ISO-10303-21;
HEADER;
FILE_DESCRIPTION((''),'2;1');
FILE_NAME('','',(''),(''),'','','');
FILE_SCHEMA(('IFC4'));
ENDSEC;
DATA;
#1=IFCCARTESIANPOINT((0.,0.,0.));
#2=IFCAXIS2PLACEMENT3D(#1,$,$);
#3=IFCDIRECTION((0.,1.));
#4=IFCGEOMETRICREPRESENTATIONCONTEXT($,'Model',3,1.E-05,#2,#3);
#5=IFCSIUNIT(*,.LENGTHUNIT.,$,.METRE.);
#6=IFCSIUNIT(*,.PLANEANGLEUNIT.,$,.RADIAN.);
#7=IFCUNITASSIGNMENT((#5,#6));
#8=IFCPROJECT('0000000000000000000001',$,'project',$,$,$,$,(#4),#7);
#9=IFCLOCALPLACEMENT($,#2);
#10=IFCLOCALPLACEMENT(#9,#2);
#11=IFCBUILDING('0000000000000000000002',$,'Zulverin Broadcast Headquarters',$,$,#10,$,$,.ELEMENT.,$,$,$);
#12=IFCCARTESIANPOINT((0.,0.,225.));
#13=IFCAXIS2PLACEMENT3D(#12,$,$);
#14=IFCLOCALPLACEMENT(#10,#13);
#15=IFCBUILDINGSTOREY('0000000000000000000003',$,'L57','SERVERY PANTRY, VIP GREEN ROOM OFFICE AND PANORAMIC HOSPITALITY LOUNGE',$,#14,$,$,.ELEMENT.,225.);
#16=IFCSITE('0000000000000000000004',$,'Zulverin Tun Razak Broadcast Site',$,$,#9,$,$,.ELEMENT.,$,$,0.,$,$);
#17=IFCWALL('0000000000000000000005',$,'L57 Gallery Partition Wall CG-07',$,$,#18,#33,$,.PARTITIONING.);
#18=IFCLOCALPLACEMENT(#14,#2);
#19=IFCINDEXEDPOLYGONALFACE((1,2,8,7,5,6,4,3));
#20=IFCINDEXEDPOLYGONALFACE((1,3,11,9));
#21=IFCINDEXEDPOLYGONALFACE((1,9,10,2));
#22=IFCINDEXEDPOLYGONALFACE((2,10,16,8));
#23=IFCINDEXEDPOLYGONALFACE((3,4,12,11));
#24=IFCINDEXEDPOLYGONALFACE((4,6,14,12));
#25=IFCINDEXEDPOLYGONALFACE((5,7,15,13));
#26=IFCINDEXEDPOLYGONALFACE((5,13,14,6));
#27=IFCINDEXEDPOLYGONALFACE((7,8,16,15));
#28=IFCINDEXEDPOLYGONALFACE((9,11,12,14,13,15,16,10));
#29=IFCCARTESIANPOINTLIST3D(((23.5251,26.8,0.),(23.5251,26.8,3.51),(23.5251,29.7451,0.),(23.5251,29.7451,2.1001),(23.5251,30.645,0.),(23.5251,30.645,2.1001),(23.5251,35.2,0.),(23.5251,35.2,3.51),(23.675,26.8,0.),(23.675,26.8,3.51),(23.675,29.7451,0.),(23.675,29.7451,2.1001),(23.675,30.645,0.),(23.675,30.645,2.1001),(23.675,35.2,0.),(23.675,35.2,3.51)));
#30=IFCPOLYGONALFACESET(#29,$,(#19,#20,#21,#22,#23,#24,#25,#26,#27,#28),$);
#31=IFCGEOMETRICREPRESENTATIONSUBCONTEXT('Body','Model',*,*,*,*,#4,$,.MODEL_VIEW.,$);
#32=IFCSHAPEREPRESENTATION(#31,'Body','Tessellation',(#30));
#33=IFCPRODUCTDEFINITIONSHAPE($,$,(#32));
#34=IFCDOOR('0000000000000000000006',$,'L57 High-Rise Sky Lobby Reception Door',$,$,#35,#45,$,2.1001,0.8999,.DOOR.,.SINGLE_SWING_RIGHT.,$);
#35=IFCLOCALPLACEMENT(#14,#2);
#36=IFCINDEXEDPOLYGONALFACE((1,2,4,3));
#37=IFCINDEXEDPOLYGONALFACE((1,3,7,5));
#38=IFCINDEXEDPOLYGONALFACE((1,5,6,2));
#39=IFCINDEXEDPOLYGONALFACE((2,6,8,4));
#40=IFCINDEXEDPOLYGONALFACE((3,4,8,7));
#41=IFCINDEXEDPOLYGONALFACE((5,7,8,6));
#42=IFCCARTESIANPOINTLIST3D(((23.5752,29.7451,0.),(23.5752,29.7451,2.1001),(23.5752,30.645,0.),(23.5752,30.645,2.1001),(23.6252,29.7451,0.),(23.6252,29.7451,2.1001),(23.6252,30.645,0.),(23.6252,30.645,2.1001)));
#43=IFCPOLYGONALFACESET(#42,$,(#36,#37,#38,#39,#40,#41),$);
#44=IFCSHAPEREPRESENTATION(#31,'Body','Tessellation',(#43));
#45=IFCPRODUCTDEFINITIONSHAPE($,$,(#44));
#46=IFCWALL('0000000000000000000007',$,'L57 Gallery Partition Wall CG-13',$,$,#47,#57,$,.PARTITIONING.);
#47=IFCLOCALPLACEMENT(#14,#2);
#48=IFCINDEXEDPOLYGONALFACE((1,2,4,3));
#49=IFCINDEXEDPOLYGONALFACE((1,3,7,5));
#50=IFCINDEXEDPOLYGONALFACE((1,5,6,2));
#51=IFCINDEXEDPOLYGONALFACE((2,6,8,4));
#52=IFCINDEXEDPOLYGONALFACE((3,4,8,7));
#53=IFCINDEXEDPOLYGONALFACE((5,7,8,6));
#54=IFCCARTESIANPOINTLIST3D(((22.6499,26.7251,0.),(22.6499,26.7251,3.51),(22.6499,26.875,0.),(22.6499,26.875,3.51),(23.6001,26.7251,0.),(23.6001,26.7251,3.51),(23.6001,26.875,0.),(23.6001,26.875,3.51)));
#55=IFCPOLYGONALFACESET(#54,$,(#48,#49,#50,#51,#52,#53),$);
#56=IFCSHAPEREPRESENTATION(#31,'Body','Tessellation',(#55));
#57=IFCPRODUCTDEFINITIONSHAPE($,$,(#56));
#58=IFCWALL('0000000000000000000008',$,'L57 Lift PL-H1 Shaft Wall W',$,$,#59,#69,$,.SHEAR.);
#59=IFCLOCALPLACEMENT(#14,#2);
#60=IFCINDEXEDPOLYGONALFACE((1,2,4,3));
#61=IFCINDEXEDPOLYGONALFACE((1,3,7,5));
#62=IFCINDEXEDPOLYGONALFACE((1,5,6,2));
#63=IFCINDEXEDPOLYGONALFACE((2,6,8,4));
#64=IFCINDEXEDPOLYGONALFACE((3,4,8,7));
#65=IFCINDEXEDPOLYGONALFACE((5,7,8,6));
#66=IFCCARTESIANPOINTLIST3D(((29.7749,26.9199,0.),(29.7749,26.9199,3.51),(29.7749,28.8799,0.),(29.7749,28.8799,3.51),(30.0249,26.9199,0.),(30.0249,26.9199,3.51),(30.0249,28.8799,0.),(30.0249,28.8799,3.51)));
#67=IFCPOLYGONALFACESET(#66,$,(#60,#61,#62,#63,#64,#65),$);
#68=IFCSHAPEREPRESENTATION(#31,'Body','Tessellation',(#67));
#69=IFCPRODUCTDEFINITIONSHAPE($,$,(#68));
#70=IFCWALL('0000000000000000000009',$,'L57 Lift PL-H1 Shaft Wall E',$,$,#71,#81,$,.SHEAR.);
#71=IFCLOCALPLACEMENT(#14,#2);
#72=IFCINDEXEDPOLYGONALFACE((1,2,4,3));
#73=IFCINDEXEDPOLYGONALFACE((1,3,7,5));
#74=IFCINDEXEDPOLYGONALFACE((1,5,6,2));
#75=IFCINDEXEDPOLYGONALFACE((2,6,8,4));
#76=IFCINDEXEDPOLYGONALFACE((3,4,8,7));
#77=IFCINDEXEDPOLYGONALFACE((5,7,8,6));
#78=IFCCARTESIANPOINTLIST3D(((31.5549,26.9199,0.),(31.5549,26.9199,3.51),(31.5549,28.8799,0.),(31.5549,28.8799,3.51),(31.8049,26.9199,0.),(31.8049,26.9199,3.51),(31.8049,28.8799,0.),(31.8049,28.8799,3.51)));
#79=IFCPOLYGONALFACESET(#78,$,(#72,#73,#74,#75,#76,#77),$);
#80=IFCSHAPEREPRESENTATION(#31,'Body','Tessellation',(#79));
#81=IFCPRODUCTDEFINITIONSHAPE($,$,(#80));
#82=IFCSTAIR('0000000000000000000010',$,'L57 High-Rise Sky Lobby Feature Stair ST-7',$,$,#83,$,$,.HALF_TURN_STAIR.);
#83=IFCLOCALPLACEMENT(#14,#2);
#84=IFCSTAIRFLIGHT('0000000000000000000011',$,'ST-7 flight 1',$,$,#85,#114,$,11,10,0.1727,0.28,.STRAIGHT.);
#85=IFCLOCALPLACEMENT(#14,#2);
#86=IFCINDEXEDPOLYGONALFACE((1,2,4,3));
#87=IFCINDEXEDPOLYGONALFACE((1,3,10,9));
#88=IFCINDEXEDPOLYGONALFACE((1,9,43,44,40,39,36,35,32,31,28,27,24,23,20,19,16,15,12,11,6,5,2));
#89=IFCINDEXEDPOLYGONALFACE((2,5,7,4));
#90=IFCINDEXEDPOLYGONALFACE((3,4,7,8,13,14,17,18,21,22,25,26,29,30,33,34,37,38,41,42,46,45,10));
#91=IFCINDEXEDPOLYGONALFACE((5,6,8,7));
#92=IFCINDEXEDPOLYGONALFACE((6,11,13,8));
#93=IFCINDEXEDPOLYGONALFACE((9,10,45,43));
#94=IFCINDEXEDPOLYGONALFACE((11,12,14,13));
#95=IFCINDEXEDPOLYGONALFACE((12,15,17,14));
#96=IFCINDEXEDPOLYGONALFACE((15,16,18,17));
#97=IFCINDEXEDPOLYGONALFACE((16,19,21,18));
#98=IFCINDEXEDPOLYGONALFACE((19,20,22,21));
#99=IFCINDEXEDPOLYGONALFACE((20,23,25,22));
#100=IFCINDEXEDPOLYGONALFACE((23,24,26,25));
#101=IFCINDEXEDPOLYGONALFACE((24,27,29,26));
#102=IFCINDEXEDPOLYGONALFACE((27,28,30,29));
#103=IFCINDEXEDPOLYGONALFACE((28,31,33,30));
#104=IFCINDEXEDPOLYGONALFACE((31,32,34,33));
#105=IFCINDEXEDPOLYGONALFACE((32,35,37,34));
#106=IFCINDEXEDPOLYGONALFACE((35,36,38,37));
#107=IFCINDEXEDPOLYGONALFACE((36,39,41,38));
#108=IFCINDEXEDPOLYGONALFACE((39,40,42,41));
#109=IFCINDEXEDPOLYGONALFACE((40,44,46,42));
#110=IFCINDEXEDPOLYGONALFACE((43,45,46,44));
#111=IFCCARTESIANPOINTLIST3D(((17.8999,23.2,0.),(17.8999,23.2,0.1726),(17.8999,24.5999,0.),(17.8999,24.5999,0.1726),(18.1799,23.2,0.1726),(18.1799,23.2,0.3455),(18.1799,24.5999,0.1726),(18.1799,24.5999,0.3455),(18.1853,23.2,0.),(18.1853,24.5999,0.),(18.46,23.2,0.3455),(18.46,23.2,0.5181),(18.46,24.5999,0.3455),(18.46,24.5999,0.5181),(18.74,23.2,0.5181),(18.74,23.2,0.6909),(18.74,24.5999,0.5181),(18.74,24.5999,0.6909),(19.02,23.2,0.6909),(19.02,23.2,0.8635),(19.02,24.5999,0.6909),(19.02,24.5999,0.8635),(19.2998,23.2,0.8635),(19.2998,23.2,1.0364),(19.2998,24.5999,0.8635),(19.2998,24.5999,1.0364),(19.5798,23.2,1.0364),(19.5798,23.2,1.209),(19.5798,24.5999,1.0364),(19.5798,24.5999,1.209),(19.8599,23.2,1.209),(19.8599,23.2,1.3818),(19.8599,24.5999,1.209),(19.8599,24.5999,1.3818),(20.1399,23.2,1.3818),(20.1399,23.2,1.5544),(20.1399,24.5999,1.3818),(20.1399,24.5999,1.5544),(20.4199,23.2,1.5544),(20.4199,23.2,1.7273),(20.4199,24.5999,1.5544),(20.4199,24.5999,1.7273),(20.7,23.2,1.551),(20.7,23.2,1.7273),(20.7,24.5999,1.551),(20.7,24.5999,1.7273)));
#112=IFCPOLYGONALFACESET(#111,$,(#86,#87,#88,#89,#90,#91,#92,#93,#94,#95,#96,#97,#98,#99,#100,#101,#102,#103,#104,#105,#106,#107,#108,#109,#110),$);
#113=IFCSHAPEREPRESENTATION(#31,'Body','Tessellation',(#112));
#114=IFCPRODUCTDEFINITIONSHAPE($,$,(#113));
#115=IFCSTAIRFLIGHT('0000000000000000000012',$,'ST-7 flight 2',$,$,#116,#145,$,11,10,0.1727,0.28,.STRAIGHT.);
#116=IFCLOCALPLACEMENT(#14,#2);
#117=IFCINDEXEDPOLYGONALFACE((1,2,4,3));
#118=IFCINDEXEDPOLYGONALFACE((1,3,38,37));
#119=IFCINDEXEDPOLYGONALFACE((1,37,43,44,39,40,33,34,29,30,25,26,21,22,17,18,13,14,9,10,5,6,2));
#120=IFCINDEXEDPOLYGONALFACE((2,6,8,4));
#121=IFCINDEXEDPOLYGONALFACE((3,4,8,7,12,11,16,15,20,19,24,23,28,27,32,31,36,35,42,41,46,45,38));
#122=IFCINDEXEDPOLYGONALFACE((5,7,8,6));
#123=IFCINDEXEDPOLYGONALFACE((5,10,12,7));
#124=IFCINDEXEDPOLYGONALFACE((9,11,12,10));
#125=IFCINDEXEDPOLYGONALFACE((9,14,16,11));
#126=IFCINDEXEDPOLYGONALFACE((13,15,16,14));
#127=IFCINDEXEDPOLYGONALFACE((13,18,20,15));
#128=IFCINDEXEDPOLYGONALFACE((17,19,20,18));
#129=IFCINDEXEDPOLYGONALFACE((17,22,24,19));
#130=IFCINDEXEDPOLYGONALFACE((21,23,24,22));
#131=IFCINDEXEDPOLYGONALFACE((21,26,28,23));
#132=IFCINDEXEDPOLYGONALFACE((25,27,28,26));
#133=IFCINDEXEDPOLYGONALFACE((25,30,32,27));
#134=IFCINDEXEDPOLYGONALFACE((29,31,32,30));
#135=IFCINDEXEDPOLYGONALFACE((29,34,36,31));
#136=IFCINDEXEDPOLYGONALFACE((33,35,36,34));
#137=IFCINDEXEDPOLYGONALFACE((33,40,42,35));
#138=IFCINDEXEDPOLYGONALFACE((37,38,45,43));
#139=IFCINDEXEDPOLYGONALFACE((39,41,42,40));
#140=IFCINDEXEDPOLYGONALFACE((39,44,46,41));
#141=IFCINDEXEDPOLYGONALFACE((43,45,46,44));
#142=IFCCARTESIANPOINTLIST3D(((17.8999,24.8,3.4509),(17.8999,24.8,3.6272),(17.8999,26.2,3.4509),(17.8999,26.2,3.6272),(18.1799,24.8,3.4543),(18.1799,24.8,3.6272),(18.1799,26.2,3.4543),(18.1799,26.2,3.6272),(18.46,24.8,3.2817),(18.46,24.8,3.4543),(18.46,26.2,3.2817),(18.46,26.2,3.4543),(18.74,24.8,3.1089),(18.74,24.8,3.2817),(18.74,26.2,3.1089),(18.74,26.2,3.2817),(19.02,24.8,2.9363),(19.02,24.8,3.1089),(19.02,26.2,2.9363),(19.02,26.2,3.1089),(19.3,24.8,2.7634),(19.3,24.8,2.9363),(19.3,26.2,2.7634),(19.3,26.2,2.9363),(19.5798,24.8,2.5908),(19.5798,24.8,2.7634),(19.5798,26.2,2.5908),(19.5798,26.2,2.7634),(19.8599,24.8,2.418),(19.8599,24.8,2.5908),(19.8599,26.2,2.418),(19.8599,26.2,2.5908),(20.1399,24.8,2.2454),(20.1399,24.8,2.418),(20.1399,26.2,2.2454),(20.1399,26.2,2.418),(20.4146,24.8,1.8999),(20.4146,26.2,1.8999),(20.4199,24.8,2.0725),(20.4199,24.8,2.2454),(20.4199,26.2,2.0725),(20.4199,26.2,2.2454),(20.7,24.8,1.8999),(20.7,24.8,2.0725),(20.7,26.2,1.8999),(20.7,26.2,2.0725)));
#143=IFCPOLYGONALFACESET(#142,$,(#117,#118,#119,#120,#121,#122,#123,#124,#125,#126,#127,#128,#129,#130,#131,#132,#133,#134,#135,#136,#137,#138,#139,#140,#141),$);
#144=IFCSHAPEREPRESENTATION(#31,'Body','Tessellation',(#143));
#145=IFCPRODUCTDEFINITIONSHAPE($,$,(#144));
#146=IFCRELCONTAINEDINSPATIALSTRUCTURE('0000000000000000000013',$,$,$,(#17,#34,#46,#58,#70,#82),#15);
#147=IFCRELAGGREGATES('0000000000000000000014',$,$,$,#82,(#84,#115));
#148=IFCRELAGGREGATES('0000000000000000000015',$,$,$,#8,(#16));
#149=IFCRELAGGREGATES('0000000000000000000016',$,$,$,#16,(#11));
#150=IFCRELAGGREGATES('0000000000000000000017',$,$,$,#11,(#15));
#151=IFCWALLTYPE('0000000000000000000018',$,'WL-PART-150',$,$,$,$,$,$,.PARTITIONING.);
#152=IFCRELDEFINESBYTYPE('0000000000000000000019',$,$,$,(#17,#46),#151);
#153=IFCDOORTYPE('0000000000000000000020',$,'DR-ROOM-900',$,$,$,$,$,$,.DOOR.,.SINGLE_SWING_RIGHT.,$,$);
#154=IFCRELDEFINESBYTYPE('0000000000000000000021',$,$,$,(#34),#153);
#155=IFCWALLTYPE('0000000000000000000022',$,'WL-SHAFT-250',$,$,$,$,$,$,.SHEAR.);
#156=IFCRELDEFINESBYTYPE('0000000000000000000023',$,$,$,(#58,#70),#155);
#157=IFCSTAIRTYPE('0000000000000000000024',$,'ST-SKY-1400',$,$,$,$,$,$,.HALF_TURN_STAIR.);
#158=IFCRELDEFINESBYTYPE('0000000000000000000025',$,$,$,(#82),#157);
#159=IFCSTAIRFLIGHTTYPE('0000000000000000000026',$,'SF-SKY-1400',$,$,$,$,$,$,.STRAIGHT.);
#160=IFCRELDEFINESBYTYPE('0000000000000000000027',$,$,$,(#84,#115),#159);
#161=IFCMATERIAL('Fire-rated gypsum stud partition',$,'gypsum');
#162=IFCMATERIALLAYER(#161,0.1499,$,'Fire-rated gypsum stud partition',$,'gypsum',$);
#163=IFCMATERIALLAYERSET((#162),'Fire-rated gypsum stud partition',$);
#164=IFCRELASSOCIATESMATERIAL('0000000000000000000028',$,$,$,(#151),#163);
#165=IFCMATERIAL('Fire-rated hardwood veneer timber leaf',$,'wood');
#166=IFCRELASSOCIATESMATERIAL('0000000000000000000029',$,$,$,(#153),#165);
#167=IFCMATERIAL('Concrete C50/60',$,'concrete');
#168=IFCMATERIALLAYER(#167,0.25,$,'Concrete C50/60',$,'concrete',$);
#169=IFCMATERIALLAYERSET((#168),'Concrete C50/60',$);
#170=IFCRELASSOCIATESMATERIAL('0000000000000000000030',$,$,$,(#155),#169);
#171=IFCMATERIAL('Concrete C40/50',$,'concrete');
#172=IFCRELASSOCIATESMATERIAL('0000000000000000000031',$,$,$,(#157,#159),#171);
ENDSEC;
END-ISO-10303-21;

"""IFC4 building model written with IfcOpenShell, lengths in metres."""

from ifc_helpers import new_model, si_unit, direction, frame, frame_2d, origin, place, context, subcontext, project, spatial, polyline, rectangle, outline, extrude, material, layer, layer_set, type_object, element, fill, aggregate, save


model = new_model("IFC4")

# Units and contexts
model_context = context("Model", 3, precision=1e-05, world=origin(), true_north=direction((0.0, 1.0)))
body_context = subcontext(model_context, "Body", "Model", "MODEL_VIEW")
ifc_project = project(units=[si_unit("LENGTHUNIT", "METRE"), si_unit("PLANEANGLEUNIT", "RADIAN")], contexts=[model_context])

# Site, building, storey
site_placement = place(None, origin())
site = spatial("IfcSite", under=ifc_project, at=site_placement, Name="Zulverin Tun Razak Broadcast Site", CompositionType="ELEMENT", RefElevation=0.0)
building_placement = place(site_placement, origin())
building = spatial("IfcBuilding", under=site, at=building_placement, Name="Zulverin Broadcast Headquarters", CompositionType="ELEMENT")
storey_placement = place(building_placement, frame((0.0, 0.0, 225.0)))
storey = spatial("IfcBuildingStorey", under=building, at=storey_placement, Name="L57", Description="SERVERY PANTRY, VIP GREEN ROOM OFFICE AND PANORAMIC HOSPITALITY LOUNGE", CompositionType="ELEMENT", Elevation=225.0)

# Shared definitions
ifc_material_1 = material(Name="Fire-rated gypsum stud partition", Category="gypsum")
ifc_layer_1 = layer(ifc_material_1, 0.1499, Name="Fire-rated gypsum stud partition", Category="gypsum")
ifc_layer_set_1 = layer_set([ifc_layer_1], Name="Fire-rated gypsum stud partition")
wall_type_1 = type_object("IfcWallType", Name="WL-PART-150", PredefinedType="PARTITIONING", material=ifc_layer_set_1)

# Wall, opening, door
wall_1_placement = place(storey_placement, frame((23.6001, 26.8, 0.0), z_axis=(0.0, 0.0, 1.0), x_axis=(0.0, 1.0, 0.0)))
wall_1 = element("IfcWall", 1, at=wall_1_placement, inside=storey, type_object=wall_type_1, Name="L57 Gallery Partition Wall CG-07", PredefinedType="PARTITIONING", context=body_context, shape_type="SweptSolid", body=[
    extrude(rectangle(XDim=8.3999, YDim=0.1499, at=frame_2d((4.2, 0.0))), origin(), (0.0, 0.0, 1.0), 3.51),
])
opening_1_placement = place(wall_1_placement, frame((2.9451, 0.0, 0.0)))
opening_1 = element("IfcOpeningElement", 2, at=opening_1_placement, cuts=wall_1, PredefinedType="OPENING", context=body_context, shape_type="SweptSolid", body=[
    extrude(rectangle(XDim=0.8999, YDim=2.1001, at=frame_2d((0.45, 1.05))), frame((0.0, 0.085, 0.0), z_axis=(0.0, -1.0, 0.0), x_axis=(1.0, 0.0, 0.0)), (0.0, 0.0, 1.0), 0.1699),
])
ifc_material_2 = material(Name="Fire-rated hardwood veneer timber leaf", Category="wood")
door_type_1 = type_object("IfcDoorType", Name="DR-ROOM-900", OperationType="SINGLE_SWING_RIGHT", PredefinedType="DOOR", material=ifc_material_2)
door_1_placement = place(opening_1_placement, origin())
door_1 = element("IfcDoor", 3, at=door_1_placement, inside=storey, type_object=door_type_1, Name="L57 High-Rise Sky Lobby Reception Door", OperationType="SINGLE_SWING_RIGHT", OverallHeight=2.1001, OverallWidth=0.8999, PredefinedType="DOOR", context=body_context, shape_type="SweptSolid", body=[
    extrude(rectangle(XDim=0.8999, YDim=2.1001, at=frame_2d((0.45, 1.05))), frame((0.0, 0.0249, 0.0), z_axis=(0.0, -1.0, 0.0), x_axis=(1.0, 0.0, 0.0)), (0.0, 0.0, 1.0), 0.05),
])
fill(opening_1, door_1)

# Wall
wall_2_placement = place(storey_placement, frame((22.6499, 26.8, 0.0), z_axis=(0.0, 0.0, 1.0), x_axis=(1.0, 0.0, 0.0)))
element("IfcWall", 4, at=wall_2_placement, inside=storey, type_object=wall_type_1, Name="L57 Gallery Partition Wall CG-13", PredefinedType="PARTITIONING", context=body_context, shape_type="SweptSolid", body=[
    extrude(rectangle(XDim=0.9502, YDim=0.1499, at=frame_2d((0.4751, 0.0))), origin(), (0.0, 0.0, 1.0), 3.51),
])

# Shared definitions
ifc_material_3 = material(Name="Concrete C50/60", Category="concrete")
ifc_layer_2 = layer(ifc_material_3, 0.25, Name="Concrete C50/60", Category="concrete")
ifc_layer_set_2 = layer_set([ifc_layer_2], Name="Concrete C50/60")
wall_type_2 = type_object("IfcWallType", Name="WL-SHAFT-250", PredefinedType="SHEAR", material=ifc_layer_set_2)

# Walls
for number, where, z_axis, x_axis, name in (
    (5, (29.8999, 26.9199, 0.0), (0.0, 0.0, 1.0), (0.0, 1.0, 0.0), "L57 Lift PL-H1 Shaft Wall W"),
    (6, (31.6799, 26.9199, 0.0), (0.0, 0.0, 1.0), (0.0, 1.0, 0.0), "L57 Lift PL-H1 Shaft Wall E"),
):
    element("IfcWall", number, at=place(storey_placement, frame(where, z_axis=z_axis, x_axis=x_axis)), inside=storey, type_object=wall_type_2, Name=name, PredefinedType="SHEAR", context=body_context, shape_type="SweptSolid", body=[
        extrude(rectangle(XDim=1.96, YDim=0.25, at=frame_2d((0.98, 0.0))), origin(), (0.0, 0.0, 1.0), 3.51),
    ])

# Stair, stair flights
ifc_material_4 = material(Name="Concrete C40/50", Category="concrete")
stair_type = type_object("IfcStairType", Name="ST-SKY-1400", PredefinedType="HALF_TURN_STAIR", material=ifc_material_4)
stair_placement = place(storey_placement, origin())
stair = element("IfcStair", 7, at=stair_placement, inside=storey, type_object=stair_type, Name="L57 High-Rise Sky Lobby Feature Stair ST-7", PredefinedType="HALF_TURN_STAIR")
stair_flight_type = type_object("IfcStairFlightType", Name="SF-SKY-1400", PredefinedType="STRAIGHT", material=ifc_material_4)
stair_flight_1_placement = place(storey_placement, frame((17.8999, 23.8999, 0.0), z_axis=(0.0, 0.0, 1.0), x_axis=(1.0, 0.0, 0.0)))
stair_flight_1 = element("IfcStairFlight", 8, at=stair_flight_1_placement, type_object=stair_flight_type, Name="ST-7 flight 1", NumberOfRisers=11, NumberOfTreads=10, PredefinedType="STRAIGHT", RiserHeight=0.1727, TreadLength=0.28, context=body_context, shape_type="SweptSolid", body=[
    extrude(outline(polyline([(0.0, 0.0), (0.0, 0.1726), (0.28, 0.1726), (0.28, 0.3455), (0.5601, 0.3455), (0.5601, 0.5181), (0.8401, 0.5181), (0.8401, 0.6909), (1.1201, 0.6909), (1.1201, 0.8635), (1.3999, 0.8635), (1.3999, 1.0364), (1.6799, 1.0364), (1.6799, 1.209), (1.96, 1.209), (1.96, 1.3818), (2.24, 1.3818), (2.24, 1.5544), (2.52, 1.5544), (2.52, 1.7273), (2.8, 1.7273), (2.8, 1.8999), (2.8, 1.551), (0.2854, 0.0), (0.0, 0.0)])), frame((0.0, 0.7, 0.0), z_axis=(0.0, -1.0, 0.0), x_axis=(1.0, 0.0, 0.0)), (0.0, 0.0, 1.0), 1.3999),
])
stair_flight_2_placement = place(storey_placement, frame((20.7, 25.5, 1.8999), z_axis=(0.0, 0.0, 1.0), x_axis=(-1.0, 0.0, 0.0)))
stair_flight_2 = element("IfcStairFlight", 9, at=stair_flight_2_placement, type_object=stair_flight_type, Name="ST-7 flight 2", NumberOfRisers=11, NumberOfTreads=10, PredefinedType="STRAIGHT", RiserHeight=0.1727, TreadLength=0.28, context=body_context, shape_type="SweptSolid", body=[
    extrude(outline(polyline([(0.0, 0.0), (0.0, 0.1726), (0.28, 0.1726), (0.28, 0.3455), (0.5601, 0.3455), (0.5601, 0.5181), (0.8401, 0.5181), (0.8401, 0.6909), (1.1201, 0.6909), (1.1201, 0.8635), (1.3999, 0.8635), (1.3999, 1.0364), (1.6799, 1.0364), (1.6799, 1.209), (1.96, 1.209), (1.96, 1.3818), (2.24, 1.3818), (2.24, 1.5544), (2.52, 1.5544), (2.52, 1.7273), (2.8, 1.7273), (2.8, 1.8999), (2.8, 1.551), (0.2854, 0.0), (0.0, 0.0)])), frame((0.0, 0.7, 0.0), z_axis=(0.0, -1.0, 0.0), x_axis=(1.0, 0.0, 0.0)), (0.0, 0.0, 1.0), 1.3999),
])
aggregate(stair, [stair_flight_1, stair_flight_2])

save(model, "model.ifc")
